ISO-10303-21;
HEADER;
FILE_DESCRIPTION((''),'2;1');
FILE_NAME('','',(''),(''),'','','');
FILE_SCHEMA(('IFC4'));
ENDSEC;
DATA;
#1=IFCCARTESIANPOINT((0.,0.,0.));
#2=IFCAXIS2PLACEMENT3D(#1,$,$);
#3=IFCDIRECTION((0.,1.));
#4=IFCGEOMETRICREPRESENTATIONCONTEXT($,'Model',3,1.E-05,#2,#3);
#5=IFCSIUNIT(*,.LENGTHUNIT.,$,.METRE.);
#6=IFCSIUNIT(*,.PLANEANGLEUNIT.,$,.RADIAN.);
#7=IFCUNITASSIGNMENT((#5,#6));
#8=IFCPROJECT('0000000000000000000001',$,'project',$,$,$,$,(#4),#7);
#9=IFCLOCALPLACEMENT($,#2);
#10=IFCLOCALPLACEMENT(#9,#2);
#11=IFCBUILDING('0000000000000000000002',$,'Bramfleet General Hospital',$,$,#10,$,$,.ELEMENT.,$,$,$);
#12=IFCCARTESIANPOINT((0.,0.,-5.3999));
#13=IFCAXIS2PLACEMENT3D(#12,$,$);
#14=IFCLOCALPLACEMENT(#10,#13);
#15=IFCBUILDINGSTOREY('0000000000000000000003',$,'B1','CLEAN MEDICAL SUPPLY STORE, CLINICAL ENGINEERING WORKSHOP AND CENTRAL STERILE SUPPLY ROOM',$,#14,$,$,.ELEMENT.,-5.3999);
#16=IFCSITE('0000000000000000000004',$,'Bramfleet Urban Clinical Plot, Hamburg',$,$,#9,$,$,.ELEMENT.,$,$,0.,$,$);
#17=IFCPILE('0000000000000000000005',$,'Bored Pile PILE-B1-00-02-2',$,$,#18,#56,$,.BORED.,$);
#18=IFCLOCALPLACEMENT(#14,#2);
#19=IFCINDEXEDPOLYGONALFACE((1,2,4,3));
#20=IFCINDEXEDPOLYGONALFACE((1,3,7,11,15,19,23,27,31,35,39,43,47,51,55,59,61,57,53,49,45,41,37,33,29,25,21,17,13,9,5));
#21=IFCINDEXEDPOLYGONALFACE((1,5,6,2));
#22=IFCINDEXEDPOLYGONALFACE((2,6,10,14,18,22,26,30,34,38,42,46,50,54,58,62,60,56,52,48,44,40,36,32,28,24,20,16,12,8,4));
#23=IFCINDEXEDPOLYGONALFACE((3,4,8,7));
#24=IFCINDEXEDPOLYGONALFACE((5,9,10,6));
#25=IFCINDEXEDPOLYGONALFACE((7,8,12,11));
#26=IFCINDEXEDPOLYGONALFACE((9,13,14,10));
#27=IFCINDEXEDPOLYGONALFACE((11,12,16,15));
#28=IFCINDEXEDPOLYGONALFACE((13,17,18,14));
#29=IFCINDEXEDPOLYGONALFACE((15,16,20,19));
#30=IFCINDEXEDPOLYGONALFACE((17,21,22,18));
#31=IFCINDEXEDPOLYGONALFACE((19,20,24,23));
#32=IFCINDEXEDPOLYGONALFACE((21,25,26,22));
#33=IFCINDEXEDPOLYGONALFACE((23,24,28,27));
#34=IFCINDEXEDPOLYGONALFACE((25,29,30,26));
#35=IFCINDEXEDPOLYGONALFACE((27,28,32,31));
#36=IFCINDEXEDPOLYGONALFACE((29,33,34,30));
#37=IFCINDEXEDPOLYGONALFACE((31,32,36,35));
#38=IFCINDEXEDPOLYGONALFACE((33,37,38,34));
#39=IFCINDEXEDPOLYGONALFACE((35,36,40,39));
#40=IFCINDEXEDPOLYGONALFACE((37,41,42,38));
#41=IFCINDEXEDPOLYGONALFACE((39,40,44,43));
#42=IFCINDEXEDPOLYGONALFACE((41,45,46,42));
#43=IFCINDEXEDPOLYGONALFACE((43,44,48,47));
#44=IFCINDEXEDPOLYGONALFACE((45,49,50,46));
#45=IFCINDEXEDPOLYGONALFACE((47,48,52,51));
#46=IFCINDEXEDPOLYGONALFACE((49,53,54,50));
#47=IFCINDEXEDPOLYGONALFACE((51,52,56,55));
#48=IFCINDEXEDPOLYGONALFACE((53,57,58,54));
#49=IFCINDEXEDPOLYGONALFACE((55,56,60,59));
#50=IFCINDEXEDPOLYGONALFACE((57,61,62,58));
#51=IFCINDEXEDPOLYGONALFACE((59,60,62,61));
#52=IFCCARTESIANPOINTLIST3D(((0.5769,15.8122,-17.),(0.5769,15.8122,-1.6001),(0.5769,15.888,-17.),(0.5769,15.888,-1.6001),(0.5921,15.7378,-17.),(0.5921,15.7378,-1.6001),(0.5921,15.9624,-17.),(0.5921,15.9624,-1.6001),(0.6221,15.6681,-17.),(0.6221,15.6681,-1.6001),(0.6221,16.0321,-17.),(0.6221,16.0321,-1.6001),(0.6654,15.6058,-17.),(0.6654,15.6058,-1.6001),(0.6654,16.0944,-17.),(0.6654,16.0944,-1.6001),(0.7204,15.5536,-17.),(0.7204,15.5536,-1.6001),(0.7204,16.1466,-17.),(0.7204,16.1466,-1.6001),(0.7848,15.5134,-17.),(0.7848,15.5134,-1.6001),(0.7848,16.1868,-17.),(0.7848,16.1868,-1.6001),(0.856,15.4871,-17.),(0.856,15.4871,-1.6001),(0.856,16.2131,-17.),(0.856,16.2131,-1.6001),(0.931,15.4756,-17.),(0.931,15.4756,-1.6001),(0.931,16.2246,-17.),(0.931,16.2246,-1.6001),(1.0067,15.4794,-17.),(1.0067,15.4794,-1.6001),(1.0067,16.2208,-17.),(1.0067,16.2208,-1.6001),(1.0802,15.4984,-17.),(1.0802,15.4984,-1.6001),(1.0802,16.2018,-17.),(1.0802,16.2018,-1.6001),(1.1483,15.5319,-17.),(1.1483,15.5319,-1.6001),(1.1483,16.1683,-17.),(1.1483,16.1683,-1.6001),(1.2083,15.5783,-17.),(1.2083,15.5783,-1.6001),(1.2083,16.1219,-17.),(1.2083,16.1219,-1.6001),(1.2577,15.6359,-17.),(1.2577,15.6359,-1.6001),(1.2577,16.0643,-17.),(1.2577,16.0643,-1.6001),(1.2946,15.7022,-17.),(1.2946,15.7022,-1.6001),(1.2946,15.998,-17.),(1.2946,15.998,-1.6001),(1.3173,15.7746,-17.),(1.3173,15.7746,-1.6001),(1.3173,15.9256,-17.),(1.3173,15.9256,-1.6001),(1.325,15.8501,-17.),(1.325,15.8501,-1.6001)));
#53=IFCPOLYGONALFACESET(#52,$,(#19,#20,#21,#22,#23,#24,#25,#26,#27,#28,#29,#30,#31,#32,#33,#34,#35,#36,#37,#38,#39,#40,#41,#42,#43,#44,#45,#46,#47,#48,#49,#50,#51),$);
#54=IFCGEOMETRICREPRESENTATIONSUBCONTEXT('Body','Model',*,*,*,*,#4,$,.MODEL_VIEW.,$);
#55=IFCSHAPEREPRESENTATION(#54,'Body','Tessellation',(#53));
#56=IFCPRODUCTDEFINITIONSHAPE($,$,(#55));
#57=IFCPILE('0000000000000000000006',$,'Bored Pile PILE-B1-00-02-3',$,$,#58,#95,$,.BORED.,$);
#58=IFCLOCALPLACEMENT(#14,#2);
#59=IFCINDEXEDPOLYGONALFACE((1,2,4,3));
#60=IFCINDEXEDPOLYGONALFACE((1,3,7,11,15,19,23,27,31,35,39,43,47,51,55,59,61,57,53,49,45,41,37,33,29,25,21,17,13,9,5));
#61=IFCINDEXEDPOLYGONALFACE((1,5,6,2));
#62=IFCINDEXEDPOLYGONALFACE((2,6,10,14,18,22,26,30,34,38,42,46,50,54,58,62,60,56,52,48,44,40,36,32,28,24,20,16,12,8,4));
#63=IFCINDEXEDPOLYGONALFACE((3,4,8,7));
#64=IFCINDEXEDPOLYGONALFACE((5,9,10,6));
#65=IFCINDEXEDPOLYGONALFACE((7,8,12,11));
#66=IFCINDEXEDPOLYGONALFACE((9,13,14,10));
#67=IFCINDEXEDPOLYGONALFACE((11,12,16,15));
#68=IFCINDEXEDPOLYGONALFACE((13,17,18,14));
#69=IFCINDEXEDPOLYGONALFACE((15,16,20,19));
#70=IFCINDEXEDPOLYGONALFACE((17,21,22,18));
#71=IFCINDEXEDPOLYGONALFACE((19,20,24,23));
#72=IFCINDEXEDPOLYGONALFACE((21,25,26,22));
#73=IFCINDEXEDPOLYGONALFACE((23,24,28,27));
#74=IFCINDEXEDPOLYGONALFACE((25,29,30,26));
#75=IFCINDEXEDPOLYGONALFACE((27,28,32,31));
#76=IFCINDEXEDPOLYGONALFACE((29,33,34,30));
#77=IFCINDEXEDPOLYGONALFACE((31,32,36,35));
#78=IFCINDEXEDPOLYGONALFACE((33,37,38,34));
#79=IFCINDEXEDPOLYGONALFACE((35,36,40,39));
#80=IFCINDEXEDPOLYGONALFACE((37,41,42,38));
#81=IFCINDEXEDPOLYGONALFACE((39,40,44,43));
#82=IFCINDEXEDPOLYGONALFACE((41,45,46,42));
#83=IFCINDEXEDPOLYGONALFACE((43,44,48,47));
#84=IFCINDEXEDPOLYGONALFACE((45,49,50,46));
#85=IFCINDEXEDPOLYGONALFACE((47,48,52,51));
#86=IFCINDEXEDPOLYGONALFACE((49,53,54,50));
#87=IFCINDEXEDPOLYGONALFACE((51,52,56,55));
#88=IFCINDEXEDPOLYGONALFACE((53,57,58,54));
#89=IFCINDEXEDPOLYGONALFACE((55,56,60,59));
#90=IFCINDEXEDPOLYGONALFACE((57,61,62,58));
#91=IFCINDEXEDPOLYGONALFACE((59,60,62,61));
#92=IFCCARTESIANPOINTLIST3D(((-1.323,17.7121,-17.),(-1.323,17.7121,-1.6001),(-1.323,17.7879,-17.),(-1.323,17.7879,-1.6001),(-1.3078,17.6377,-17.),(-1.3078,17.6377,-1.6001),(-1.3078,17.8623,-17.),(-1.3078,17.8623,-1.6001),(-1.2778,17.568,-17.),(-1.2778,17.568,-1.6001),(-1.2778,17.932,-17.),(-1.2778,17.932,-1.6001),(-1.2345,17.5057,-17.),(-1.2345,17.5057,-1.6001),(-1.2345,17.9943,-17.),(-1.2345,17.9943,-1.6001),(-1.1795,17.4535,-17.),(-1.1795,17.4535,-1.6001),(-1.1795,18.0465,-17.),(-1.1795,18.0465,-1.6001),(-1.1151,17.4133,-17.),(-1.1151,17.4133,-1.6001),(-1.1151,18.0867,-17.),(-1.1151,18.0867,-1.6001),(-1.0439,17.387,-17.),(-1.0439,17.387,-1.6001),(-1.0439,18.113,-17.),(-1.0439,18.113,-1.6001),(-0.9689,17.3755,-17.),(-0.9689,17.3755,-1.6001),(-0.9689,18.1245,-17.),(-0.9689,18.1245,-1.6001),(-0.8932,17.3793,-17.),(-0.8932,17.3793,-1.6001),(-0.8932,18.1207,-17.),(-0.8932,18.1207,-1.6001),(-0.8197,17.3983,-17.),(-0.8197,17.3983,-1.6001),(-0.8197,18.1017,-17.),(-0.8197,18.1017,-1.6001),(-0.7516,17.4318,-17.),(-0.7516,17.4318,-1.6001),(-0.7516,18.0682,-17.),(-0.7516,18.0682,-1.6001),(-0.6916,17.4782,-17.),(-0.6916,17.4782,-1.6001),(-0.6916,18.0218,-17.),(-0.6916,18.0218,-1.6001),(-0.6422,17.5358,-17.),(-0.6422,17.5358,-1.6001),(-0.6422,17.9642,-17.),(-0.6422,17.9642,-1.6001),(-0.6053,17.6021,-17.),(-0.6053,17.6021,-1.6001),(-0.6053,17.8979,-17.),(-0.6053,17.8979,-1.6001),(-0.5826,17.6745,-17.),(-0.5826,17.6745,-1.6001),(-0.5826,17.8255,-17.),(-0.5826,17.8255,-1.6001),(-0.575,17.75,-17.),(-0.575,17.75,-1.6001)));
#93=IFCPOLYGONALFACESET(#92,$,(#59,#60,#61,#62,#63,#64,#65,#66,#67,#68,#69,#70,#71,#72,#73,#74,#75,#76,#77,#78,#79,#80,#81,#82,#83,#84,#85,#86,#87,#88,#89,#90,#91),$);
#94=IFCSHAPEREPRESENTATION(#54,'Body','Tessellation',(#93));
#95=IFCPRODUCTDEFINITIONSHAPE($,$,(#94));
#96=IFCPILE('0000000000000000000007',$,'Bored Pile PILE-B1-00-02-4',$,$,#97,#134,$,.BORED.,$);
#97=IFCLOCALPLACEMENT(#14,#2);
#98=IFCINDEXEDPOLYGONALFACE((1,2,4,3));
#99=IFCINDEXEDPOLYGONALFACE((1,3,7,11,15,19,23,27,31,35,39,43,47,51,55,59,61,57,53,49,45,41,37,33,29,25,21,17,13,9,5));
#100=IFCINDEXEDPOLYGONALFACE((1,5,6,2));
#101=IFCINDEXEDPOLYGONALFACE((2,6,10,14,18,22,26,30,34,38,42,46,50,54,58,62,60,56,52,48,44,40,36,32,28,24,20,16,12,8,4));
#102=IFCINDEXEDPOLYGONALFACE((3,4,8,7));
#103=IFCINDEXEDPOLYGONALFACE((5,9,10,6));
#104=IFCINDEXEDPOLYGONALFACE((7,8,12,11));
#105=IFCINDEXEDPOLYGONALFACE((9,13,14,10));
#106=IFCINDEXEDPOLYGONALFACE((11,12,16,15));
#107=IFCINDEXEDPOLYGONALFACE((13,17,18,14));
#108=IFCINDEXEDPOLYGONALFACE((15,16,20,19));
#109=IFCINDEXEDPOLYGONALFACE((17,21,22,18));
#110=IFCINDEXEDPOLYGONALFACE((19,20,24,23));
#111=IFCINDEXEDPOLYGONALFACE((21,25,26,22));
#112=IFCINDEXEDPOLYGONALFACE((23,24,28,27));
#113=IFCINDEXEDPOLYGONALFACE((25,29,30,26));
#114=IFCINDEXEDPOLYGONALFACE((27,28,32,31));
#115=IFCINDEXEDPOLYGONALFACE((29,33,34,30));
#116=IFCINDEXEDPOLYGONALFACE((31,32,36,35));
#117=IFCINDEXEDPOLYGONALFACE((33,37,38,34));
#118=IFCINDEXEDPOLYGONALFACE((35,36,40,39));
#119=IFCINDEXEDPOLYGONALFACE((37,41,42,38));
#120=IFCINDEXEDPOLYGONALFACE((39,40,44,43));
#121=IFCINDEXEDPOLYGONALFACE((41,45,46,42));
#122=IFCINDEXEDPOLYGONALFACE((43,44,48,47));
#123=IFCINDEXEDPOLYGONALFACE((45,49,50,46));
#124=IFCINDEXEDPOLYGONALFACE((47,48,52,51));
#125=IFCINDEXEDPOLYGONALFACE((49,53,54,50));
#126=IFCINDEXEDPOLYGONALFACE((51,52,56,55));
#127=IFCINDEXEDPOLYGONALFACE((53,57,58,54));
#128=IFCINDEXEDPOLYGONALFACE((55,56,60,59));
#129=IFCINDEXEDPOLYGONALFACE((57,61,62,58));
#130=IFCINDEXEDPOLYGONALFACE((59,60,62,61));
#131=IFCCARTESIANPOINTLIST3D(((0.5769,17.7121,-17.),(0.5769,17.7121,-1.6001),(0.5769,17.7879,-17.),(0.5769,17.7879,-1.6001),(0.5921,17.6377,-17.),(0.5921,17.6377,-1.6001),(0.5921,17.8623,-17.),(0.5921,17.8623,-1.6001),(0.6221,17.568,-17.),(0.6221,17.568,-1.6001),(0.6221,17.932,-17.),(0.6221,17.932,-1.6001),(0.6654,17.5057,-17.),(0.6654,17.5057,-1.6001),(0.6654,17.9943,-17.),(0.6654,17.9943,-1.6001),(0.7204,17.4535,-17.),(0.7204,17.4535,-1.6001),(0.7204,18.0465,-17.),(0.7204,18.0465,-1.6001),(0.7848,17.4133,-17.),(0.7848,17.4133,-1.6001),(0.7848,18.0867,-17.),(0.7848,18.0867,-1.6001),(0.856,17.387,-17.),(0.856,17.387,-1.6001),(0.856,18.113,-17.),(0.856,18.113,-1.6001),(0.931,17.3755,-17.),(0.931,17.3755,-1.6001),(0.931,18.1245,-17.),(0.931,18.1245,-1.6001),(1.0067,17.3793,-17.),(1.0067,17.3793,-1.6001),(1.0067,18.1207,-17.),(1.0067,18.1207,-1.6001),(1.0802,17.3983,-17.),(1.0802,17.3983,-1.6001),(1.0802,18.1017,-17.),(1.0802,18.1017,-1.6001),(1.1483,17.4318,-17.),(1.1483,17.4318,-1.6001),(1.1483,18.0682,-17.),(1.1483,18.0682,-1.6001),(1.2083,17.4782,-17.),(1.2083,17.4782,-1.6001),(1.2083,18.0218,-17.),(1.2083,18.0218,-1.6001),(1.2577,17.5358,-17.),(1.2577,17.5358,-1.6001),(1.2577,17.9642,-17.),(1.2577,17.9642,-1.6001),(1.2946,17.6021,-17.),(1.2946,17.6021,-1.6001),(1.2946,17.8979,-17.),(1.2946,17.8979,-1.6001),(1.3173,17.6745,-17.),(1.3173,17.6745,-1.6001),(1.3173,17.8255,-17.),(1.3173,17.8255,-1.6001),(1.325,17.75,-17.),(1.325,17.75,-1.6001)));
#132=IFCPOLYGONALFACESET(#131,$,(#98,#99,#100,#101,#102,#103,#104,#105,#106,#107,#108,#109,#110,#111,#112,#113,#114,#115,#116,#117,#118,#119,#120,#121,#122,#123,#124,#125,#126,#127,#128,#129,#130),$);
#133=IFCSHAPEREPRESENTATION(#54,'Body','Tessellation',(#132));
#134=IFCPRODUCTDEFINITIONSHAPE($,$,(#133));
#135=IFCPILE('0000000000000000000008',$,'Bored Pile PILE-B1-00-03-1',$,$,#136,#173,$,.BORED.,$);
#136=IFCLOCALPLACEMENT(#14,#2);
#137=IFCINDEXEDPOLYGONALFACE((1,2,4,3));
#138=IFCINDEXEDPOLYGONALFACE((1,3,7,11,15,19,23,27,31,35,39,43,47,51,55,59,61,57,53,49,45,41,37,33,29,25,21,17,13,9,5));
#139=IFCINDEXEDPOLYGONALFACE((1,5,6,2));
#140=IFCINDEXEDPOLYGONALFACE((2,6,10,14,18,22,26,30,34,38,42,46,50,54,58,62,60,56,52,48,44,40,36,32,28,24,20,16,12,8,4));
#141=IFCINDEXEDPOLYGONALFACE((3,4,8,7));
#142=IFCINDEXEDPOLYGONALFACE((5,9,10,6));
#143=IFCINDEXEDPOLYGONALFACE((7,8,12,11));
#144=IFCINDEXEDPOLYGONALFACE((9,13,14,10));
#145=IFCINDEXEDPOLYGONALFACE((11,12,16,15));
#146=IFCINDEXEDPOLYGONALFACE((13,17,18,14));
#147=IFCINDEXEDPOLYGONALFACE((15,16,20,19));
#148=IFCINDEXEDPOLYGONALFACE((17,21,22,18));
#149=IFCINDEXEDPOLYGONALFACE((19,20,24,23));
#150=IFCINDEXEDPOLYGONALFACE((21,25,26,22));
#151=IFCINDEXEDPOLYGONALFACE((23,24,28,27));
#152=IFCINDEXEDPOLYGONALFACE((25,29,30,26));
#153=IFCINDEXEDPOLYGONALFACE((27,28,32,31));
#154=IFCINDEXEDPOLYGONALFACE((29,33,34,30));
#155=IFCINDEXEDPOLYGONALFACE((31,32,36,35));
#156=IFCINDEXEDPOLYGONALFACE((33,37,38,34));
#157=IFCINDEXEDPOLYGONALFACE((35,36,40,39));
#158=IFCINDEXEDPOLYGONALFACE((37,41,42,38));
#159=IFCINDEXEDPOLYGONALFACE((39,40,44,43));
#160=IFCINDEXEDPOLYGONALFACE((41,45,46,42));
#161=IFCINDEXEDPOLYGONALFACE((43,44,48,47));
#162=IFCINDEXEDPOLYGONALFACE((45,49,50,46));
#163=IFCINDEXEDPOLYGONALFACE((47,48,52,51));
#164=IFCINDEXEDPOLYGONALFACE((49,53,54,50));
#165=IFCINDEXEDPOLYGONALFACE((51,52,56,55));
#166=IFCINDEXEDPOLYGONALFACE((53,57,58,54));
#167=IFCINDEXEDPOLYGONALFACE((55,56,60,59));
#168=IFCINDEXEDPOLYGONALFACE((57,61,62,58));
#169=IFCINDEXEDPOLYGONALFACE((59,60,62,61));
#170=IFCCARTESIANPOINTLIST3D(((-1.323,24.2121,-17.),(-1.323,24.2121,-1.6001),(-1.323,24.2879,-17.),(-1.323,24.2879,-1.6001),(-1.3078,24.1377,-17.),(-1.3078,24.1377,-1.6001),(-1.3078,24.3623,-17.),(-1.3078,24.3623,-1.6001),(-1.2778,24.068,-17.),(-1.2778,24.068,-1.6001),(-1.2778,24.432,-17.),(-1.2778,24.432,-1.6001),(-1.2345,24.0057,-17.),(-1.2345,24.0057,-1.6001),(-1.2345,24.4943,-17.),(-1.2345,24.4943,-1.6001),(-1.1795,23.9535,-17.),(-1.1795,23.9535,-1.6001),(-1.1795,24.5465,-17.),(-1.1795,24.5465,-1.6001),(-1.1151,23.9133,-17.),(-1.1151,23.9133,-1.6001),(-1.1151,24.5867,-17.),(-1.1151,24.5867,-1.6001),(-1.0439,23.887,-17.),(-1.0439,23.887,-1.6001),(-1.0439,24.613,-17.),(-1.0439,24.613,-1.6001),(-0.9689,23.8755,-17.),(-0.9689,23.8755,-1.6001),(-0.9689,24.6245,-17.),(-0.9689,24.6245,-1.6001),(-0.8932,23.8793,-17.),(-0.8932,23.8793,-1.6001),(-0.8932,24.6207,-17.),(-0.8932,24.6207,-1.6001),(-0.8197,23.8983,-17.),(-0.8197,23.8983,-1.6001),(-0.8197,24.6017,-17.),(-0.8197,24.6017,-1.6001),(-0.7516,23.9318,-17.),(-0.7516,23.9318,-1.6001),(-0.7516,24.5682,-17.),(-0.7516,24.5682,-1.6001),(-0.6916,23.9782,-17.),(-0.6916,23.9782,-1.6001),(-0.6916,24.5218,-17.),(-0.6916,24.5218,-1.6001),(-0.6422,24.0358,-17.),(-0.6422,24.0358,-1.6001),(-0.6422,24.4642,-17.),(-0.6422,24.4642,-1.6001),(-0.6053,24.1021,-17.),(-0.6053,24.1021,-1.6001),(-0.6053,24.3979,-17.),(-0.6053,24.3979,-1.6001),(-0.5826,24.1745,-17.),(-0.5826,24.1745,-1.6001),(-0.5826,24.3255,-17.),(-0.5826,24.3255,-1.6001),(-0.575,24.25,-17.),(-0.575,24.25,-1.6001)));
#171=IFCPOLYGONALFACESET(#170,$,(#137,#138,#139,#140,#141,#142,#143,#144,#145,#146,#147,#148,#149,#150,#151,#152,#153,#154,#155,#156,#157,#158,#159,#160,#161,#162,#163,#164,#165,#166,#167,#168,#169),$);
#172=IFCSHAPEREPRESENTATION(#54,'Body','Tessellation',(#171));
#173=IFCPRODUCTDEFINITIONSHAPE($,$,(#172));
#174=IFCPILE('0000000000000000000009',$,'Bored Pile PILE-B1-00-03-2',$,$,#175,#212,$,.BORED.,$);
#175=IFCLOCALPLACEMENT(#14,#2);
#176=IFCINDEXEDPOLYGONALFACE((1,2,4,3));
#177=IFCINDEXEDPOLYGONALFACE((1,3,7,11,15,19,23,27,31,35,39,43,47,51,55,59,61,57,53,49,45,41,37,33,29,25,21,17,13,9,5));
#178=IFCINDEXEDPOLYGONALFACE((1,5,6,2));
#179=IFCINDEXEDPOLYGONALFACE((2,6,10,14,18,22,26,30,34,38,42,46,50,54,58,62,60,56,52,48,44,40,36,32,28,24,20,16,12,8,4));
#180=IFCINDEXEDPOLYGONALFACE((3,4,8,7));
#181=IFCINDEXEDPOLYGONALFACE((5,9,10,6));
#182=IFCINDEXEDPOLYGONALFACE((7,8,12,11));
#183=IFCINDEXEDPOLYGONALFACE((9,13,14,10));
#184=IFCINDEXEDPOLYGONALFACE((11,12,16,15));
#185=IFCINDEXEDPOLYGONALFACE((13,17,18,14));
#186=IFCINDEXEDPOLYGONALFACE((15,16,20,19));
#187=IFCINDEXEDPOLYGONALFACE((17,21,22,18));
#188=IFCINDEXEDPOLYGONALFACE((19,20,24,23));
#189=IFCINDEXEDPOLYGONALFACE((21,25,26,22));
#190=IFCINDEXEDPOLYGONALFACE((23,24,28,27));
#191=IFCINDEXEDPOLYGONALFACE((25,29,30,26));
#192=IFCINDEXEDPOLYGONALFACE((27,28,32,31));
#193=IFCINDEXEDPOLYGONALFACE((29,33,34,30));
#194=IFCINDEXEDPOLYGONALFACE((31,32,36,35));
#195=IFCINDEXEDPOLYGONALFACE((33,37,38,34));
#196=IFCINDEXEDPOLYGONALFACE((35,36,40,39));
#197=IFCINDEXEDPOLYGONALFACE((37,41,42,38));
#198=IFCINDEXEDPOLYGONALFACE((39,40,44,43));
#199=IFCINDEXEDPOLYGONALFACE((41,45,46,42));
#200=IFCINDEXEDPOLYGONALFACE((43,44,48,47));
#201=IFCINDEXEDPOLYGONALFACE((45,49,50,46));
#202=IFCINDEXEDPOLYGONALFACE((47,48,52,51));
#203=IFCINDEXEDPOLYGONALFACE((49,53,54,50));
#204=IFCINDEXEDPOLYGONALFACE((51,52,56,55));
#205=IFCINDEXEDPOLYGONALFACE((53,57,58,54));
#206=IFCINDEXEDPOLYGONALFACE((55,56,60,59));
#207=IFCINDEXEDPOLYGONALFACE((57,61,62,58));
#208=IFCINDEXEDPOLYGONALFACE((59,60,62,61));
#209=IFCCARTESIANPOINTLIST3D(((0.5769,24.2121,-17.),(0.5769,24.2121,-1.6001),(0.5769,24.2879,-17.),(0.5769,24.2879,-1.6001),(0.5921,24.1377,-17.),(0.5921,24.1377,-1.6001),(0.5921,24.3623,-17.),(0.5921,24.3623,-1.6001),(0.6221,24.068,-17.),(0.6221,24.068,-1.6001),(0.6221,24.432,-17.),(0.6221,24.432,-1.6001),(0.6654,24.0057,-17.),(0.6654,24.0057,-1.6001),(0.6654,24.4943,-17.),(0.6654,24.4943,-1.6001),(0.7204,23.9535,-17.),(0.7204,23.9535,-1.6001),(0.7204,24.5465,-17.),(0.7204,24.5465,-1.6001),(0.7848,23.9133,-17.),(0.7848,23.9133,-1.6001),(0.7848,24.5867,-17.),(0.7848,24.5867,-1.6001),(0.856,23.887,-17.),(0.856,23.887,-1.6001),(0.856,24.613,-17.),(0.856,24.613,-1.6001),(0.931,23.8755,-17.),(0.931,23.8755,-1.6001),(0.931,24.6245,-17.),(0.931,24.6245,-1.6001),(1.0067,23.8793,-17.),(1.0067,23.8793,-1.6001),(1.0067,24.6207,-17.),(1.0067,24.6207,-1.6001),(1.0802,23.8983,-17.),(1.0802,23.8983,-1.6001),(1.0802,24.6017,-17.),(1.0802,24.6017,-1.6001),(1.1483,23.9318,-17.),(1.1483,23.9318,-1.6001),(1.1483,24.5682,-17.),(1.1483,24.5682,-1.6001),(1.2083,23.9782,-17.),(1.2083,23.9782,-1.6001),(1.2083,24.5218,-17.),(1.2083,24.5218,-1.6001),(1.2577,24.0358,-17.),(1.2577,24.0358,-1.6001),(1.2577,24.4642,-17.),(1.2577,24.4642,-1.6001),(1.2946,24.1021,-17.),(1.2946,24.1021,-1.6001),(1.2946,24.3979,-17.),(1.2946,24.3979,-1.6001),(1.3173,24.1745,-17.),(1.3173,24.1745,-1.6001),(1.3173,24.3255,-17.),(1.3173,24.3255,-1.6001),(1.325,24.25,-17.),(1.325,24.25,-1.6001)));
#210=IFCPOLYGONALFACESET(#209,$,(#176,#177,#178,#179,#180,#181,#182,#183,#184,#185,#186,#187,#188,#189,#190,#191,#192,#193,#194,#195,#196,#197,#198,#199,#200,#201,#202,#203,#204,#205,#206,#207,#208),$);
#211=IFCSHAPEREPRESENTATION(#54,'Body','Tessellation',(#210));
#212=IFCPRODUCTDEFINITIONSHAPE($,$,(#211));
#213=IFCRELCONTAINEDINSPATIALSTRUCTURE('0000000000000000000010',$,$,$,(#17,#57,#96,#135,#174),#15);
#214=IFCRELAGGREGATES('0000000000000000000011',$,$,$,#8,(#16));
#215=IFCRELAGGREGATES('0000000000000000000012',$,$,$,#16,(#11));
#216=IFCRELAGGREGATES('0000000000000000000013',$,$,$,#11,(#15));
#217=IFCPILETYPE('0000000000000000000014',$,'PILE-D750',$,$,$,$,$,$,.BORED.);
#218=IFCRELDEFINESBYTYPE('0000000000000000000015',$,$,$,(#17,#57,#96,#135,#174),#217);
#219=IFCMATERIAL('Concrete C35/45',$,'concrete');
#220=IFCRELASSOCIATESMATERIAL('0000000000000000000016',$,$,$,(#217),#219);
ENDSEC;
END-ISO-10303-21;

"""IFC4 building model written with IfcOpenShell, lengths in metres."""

from ifc_helpers import new_model, si_unit, direction, frame, origin, origin_2d, place, context, subcontext, project, spatial, circle, extrude, material, material_profile, profile_set, type_object, element, save


model = new_model("IFC4")

# Units and contexts
model_context = context("Model", 3, precision=1e-05, world=origin(), true_north=direction((0.0, 1.0)))
body_context = subcontext(model_context, "Body", "Model", "MODEL_VIEW")
ifc_project = project(units=[si_unit("LENGTHUNIT", "METRE"), si_unit("PLANEANGLEUNIT", "RADIAN")], contexts=[model_context])

# Site, building, storey
site_placement = place(None, origin())
site = spatial("IfcSite", under=ifc_project, at=site_placement, Name="Bramfleet Urban Clinical Plot, Hamburg", CompositionType="ELEMENT", RefElevation=0.0)
building_placement = place(site_placement, origin())
building = spatial("IfcBuilding", under=site, at=building_placement, Name="Bramfleet General Hospital", CompositionType="ELEMENT")
storey_placement = place(building_placement, frame((0.0, 0.0, -5.3999)))
storey = spatial("IfcBuildingStorey", under=building, at=storey_placement, Name="B1", Description="CLEAN MEDICAL SUPPLY STORE, CLINICAL ENGINEERING WORKSHOP AND CENTRAL STERILE SUPPLY ROOM", CompositionType="ELEMENT", Elevation=-5.3999)

# Shared definitions
ifc_material_1 = material(Name="Concrete C35/45", Category="concrete")

# Piles
ifc_material_profile_1 = material_profile(ifc_material_1, circle(Radius=0.375, at=origin_2d()), Name="PILE BORED D750")
ifc_profile_set_1 = profile_set([ifc_material_profile_1], Name="Concrete C35/45")
pile_type = type_object("IfcPileType", Name="PILE-D750", PredefinedType="BORED", material=ifc_profile_set_1)
for number, where, z_axis, x_axis, name in (
    (1, (0.95, 15.8501, -1.6001), (0.0, 0.0, -1.0), (1.0, 0.0, 0.0), "Bored Pile PILE-B1-00-02-2"),
    (2, (-0.95, 17.75, -1.6001), (0.0, 0.0, -1.0), (1.0, 0.0, 0.0), "Bored Pile PILE-B1-00-02-3"),
    (3, (0.95, 17.75, -1.6001), (0.0, 0.0, -1.0), (1.0, 0.0, 0.0), "Bored Pile PILE-B1-00-02-4"),
    (4, (-0.95, 24.25, -1.6001), (0.0, 0.0, -1.0), (1.0, 0.0, 0.0), "Bored Pile PILE-B1-00-03-1"),
    (5, (0.95, 24.25, -1.6001), (0.0, 0.0, -1.0), (1.0, 0.0, 0.0), "Bored Pile PILE-B1-00-03-2"),
):
    element("IfcPile", number, at=place(storey_placement, frame(where, z_axis=z_axis, x_axis=x_axis)), inside=storey, type_object=pile_type, Name=name, PredefinedType="BORED", context=body_context, shape_type="SweptSolid", body=[
        extrude(circle(Radius=0.375, at=origin_2d()), origin(), (0.0, 0.0, 1.0), 15.3999),
    ])

save(model, "model.ifc")
